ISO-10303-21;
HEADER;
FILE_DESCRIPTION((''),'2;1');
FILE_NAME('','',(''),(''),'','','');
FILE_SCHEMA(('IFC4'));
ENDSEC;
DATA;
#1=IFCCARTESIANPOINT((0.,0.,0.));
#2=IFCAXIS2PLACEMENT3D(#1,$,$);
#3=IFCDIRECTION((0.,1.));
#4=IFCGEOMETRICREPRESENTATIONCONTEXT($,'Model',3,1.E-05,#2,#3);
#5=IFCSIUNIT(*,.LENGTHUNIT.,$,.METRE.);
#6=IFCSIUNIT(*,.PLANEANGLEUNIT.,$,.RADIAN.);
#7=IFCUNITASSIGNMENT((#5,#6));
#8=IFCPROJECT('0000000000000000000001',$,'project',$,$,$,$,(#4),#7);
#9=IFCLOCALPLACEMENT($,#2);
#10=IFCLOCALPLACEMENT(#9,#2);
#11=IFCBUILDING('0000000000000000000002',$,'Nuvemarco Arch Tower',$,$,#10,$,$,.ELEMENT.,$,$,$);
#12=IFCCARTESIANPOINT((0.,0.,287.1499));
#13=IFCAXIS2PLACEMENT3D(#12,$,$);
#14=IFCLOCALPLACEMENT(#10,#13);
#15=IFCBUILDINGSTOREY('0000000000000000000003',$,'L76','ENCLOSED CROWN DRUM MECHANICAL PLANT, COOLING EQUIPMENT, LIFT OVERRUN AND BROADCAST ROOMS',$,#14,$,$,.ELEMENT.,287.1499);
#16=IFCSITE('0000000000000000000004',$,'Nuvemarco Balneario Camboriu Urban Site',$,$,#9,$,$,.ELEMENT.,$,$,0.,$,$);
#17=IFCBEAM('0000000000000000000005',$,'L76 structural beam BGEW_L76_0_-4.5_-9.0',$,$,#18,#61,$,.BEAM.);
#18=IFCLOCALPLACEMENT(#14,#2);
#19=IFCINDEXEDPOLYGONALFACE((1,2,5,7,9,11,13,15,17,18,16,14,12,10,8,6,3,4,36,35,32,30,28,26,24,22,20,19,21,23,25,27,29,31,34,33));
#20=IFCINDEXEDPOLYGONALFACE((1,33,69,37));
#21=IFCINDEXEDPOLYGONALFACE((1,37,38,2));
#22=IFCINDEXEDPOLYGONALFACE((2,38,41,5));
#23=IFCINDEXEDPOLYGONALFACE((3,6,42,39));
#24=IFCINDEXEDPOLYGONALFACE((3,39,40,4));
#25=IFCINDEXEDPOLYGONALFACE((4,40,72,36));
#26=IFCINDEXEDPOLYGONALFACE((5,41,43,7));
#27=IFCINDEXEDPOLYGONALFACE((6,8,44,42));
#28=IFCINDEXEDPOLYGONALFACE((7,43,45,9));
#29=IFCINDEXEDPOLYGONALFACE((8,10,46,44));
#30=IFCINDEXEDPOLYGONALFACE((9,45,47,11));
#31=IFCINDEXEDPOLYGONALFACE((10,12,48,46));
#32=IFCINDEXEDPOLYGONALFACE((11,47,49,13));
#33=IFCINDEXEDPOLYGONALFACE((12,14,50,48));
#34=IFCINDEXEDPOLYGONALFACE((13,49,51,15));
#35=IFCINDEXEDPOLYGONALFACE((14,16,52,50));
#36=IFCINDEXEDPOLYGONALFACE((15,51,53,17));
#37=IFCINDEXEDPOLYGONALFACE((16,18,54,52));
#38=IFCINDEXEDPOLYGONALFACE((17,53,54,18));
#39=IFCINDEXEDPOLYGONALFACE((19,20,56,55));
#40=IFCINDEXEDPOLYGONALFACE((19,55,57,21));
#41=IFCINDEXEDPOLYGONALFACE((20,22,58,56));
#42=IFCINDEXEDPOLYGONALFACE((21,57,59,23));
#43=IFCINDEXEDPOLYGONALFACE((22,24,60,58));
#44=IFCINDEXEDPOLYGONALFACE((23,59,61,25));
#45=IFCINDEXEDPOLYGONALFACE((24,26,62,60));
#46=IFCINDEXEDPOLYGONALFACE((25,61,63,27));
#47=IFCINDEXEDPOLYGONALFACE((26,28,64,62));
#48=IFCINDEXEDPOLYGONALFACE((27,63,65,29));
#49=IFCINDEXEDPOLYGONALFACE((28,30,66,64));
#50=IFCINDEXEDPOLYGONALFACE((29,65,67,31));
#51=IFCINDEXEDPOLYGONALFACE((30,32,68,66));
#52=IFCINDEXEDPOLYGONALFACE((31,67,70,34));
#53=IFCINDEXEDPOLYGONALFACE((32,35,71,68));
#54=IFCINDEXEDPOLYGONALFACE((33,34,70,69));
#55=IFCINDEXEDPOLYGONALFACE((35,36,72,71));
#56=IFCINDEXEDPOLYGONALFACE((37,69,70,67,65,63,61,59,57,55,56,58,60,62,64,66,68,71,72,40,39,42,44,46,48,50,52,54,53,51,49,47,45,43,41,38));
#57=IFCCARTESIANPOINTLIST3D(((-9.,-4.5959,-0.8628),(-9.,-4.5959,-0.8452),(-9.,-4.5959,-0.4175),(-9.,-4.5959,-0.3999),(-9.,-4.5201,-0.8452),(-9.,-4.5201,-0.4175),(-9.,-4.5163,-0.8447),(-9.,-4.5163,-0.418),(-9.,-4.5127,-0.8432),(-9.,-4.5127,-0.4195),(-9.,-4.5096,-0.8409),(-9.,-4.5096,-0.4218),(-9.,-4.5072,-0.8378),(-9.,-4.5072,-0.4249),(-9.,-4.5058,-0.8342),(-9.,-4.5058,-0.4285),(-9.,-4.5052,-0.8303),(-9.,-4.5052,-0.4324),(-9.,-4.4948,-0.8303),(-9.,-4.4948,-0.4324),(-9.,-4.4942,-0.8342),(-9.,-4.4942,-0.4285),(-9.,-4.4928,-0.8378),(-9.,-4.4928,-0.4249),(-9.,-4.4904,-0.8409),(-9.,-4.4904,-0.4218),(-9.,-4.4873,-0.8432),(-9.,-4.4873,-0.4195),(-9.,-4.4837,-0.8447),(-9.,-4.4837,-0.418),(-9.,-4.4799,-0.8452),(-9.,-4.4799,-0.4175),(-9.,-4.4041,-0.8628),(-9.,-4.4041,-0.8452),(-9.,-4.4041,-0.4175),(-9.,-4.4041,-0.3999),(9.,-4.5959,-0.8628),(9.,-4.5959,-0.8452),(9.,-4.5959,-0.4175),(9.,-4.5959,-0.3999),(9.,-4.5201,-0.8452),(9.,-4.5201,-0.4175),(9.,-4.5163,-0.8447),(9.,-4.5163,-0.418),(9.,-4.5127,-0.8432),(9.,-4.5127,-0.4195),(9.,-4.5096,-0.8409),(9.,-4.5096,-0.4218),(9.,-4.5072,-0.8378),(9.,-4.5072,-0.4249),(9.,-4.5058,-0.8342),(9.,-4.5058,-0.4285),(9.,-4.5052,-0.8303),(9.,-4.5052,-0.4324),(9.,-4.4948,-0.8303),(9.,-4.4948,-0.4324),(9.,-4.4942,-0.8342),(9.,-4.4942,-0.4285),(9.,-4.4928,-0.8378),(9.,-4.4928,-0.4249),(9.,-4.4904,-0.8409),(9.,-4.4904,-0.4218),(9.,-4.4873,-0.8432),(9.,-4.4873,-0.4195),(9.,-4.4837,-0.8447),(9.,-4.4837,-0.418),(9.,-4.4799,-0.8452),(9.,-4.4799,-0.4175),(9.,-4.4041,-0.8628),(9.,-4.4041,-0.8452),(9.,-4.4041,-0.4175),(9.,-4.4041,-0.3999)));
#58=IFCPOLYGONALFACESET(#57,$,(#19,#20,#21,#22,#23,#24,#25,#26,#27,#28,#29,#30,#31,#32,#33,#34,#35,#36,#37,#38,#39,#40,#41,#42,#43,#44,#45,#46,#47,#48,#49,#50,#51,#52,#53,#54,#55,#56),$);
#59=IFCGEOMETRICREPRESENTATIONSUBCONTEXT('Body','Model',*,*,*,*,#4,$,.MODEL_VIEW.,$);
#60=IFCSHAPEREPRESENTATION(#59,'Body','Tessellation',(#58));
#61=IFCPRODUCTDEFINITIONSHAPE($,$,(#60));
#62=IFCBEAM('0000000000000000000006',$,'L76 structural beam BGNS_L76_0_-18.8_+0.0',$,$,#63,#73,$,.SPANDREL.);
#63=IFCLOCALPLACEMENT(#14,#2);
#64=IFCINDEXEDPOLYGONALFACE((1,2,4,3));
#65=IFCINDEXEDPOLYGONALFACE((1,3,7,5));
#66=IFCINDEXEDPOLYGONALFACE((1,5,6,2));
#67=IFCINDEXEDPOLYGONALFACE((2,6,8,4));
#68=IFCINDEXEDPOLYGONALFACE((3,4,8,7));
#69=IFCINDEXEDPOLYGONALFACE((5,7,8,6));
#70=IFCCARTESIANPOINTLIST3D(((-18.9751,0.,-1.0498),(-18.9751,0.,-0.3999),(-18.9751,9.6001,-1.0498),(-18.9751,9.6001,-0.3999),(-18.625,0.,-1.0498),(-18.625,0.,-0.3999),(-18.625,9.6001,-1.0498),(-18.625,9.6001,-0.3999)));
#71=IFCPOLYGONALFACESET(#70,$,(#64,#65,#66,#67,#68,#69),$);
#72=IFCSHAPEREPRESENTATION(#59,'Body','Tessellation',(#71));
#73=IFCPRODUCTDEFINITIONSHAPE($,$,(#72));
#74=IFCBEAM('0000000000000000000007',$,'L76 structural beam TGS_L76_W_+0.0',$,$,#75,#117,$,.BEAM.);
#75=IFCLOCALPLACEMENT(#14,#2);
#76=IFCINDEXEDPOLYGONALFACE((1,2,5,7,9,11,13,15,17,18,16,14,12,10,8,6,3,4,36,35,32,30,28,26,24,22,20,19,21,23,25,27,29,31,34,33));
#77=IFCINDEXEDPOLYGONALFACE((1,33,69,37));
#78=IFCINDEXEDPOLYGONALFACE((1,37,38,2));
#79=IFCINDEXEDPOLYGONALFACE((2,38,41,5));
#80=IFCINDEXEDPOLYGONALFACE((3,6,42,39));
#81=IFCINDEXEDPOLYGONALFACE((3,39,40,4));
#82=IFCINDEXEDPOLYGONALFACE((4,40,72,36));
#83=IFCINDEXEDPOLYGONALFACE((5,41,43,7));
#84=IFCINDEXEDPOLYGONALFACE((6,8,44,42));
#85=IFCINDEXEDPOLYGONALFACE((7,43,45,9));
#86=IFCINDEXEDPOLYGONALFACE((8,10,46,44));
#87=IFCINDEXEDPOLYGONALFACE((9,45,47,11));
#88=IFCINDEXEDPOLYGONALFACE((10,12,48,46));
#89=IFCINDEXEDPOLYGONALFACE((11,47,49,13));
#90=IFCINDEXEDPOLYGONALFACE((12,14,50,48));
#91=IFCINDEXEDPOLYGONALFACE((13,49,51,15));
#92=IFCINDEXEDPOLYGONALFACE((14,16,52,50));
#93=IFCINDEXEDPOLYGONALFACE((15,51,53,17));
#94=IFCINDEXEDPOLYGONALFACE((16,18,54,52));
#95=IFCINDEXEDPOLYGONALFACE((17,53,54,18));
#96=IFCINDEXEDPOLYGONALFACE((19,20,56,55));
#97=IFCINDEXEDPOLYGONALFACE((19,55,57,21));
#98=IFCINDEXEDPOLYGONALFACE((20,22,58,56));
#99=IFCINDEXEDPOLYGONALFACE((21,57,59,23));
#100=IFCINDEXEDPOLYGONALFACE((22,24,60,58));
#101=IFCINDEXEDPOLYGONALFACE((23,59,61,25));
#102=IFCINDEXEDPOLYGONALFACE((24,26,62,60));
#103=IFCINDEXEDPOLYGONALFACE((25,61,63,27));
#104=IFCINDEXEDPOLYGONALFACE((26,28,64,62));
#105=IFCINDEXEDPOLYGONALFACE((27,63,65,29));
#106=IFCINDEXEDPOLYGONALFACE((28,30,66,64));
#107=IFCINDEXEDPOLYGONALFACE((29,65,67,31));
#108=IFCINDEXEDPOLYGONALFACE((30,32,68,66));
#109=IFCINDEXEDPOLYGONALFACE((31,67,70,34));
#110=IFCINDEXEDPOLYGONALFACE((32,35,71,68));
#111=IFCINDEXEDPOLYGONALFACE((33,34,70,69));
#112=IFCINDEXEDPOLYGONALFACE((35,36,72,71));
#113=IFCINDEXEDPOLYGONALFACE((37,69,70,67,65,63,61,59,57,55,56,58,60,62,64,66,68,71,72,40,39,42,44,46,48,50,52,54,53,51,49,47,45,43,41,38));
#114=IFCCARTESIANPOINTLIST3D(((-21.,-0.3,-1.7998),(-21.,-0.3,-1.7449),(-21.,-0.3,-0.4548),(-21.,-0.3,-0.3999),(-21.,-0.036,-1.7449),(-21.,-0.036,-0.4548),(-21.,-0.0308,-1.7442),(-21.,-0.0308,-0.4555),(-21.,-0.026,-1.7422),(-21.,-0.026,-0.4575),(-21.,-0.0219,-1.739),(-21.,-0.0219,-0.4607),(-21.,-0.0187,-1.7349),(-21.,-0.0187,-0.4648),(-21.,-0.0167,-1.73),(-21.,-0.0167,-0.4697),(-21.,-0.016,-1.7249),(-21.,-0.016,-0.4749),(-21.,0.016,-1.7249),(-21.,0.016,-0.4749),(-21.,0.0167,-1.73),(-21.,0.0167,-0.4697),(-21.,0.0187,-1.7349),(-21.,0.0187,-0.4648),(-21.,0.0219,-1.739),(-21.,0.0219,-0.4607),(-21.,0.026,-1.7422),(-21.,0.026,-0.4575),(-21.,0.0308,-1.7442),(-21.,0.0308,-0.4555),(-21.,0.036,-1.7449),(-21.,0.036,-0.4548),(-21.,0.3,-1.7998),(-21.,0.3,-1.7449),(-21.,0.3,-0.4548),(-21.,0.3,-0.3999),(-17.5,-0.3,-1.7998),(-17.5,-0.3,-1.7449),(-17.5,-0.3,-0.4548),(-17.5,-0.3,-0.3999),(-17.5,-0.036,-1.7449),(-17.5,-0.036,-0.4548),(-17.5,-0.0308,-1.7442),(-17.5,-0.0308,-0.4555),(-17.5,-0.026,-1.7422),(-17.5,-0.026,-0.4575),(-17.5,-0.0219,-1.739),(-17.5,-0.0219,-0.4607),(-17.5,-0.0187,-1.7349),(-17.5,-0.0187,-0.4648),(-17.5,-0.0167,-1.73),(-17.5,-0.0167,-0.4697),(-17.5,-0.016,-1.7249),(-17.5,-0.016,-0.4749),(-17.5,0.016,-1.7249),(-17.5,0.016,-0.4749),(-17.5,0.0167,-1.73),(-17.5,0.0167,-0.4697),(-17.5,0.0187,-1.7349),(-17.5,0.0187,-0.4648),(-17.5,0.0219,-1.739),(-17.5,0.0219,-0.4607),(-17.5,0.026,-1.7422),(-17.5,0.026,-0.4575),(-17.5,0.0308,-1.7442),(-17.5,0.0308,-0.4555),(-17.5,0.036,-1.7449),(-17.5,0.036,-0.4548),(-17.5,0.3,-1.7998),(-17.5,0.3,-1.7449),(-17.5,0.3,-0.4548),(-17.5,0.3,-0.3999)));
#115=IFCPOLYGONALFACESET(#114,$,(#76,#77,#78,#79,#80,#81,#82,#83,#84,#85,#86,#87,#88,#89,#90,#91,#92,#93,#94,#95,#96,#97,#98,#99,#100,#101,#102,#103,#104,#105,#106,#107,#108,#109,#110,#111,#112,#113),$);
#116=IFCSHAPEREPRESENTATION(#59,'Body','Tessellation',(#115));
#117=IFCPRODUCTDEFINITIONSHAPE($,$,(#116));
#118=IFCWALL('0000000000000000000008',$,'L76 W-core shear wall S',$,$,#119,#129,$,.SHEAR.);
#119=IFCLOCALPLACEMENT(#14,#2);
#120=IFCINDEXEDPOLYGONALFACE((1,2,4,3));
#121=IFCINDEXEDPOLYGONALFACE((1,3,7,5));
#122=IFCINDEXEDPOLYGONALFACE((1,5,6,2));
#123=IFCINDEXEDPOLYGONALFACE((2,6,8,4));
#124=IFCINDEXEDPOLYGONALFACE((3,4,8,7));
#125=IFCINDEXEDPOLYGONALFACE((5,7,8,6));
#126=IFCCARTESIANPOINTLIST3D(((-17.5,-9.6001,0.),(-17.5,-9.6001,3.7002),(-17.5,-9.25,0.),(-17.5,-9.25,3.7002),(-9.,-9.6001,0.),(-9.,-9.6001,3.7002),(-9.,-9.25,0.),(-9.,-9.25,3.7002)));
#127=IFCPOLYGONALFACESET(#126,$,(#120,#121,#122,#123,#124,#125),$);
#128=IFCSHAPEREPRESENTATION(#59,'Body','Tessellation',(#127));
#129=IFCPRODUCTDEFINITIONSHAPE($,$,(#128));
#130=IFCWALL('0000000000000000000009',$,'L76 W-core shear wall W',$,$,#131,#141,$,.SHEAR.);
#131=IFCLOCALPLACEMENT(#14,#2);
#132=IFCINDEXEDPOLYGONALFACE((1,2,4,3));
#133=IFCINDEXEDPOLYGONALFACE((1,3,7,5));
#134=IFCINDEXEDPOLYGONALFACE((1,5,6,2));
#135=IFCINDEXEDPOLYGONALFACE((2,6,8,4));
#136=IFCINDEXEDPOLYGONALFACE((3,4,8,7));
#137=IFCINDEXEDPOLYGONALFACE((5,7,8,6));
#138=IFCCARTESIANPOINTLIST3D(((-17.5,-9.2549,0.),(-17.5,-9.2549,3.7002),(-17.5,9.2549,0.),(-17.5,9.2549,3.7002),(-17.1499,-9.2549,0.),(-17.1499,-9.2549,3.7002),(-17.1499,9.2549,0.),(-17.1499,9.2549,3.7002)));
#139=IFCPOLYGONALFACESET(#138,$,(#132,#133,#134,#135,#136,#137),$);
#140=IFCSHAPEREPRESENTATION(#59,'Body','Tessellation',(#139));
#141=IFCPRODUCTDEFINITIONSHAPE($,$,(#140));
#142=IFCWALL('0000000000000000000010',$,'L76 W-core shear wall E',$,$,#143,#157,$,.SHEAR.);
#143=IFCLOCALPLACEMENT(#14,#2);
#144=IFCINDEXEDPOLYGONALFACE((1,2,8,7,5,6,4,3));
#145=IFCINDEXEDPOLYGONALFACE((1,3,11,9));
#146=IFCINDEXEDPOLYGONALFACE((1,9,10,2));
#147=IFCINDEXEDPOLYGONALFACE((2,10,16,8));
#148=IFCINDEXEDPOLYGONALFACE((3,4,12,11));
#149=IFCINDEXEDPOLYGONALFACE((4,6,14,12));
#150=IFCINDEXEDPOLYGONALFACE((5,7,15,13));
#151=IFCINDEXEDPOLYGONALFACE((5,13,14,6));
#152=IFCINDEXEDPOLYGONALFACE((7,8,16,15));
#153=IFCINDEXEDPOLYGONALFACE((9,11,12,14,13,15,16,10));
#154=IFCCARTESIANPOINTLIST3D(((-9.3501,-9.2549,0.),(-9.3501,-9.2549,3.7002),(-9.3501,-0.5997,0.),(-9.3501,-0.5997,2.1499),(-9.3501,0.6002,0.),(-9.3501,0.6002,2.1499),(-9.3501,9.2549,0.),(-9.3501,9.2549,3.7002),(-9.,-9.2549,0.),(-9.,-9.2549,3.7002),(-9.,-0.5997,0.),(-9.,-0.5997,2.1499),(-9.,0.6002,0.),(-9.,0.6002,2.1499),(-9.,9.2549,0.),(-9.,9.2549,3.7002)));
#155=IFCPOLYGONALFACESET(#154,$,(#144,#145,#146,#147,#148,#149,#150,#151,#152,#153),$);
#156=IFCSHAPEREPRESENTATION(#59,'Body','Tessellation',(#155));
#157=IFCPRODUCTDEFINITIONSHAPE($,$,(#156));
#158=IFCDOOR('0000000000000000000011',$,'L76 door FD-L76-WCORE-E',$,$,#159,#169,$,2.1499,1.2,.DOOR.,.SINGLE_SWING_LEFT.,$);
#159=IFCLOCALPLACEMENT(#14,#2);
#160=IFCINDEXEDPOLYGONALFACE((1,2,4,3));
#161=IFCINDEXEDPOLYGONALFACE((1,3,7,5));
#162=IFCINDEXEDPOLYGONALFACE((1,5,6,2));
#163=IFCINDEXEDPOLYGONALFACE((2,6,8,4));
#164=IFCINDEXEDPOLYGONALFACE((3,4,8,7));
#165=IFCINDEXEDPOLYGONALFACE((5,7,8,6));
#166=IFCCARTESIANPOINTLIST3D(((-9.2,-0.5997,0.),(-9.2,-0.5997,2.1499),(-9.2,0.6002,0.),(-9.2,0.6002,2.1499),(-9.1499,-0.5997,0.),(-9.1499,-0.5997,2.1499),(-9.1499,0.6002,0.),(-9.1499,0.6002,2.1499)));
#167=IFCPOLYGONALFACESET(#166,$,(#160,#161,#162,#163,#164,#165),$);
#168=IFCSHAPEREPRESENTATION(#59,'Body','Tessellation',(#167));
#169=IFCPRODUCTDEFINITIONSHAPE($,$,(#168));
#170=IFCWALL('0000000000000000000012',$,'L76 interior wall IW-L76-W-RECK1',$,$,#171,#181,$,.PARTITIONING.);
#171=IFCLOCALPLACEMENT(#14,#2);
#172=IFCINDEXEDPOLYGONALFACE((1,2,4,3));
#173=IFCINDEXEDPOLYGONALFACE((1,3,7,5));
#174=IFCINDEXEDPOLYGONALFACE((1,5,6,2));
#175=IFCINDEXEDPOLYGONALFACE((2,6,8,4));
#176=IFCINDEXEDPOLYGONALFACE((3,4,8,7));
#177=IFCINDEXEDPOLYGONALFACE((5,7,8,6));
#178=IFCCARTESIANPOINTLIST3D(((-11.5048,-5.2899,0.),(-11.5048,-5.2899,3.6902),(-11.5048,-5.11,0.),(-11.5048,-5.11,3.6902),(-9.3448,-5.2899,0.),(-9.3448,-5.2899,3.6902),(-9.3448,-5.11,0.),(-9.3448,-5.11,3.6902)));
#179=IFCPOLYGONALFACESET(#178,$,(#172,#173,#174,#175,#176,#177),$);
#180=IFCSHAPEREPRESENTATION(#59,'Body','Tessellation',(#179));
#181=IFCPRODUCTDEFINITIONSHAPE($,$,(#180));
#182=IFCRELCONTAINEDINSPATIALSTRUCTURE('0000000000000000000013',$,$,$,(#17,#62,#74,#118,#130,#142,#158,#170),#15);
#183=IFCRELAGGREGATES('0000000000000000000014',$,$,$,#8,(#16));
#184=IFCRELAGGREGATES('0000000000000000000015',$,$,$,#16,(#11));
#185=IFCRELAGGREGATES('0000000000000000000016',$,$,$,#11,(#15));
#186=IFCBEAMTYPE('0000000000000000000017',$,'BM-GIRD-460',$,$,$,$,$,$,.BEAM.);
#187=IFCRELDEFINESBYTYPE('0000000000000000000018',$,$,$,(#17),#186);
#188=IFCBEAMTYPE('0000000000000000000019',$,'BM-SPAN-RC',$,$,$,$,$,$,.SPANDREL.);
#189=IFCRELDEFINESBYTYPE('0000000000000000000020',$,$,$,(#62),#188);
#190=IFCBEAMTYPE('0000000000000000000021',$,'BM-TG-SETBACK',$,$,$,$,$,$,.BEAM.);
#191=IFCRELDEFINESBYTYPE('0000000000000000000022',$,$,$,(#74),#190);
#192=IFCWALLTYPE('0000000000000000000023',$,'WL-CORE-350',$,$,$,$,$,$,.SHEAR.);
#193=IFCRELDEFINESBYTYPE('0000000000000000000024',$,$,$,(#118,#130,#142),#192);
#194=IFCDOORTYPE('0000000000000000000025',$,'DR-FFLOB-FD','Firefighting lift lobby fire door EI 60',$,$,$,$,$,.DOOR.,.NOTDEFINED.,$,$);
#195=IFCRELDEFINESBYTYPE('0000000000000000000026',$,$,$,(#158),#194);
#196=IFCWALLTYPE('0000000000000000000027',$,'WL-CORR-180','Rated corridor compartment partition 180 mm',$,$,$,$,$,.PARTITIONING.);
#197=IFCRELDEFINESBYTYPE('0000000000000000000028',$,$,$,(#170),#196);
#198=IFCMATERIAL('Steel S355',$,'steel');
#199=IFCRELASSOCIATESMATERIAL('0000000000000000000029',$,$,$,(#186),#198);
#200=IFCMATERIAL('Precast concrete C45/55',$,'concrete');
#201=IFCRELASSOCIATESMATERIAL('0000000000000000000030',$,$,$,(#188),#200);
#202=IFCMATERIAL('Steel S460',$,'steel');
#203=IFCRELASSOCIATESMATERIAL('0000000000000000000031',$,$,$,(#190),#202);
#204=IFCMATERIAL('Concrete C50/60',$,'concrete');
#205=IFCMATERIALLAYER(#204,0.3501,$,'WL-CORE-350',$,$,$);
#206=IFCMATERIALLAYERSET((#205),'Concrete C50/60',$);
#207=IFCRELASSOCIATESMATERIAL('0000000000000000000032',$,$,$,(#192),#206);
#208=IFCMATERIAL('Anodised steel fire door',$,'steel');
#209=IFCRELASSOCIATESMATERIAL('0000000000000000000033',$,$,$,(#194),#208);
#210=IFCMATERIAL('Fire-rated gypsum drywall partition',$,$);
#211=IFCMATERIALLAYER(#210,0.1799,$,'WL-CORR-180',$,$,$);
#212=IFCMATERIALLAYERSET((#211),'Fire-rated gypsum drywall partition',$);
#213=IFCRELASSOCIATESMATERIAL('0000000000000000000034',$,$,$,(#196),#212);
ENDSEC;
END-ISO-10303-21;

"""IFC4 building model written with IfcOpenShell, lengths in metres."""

from ifc_helpers import new_model, si_unit, direction, frame, frame_2d, origin, origin_2d, place, context, subcontext, project, spatial, rectangle, i_section, extrude, source, transform, mapped, material, layer, layer_set, material_profile, profile_set, type_object, type_shapes, element, fill, save


model = new_model("IFC4")

# Units and contexts
model_context = context("Model", 3, precision=1e-05, world=origin(), true_north=direction((0.0, 1.0)))
body_context = subcontext(model_context, "Body", "Model", "MODEL_VIEW")
ifc_project = project(units=[si_unit("LENGTHUNIT", "METRE"), si_unit("PLANEANGLEUNIT", "RADIAN")], contexts=[model_context])

# Site, building, storey
site_placement = place(None, origin())
site = spatial("IfcSite", under=ifc_project, at=site_placement, Name="Nuvemarco Balneario Camboriu Urban Site", CompositionType="ELEMENT", RefElevation=0.0)
building_placement = place(site_placement, origin())
building = spatial("IfcBuilding", under=site, at=building_placement, Name="Nuvemarco Arch Tower", CompositionType="ELEMENT")
storey_placement = place(building_placement, frame((0.0, 0.0, 287.1499)))
storey = spatial("IfcBuildingStorey", under=building, at=storey_placement, Name="L76", Description="ENCLOSED CROWN DRUM MECHANICAL PLANT, COOLING EQUIPMENT, LIFT OVERRUN AND BROADCAST ROOMS", CompositionType="ELEMENT", Elevation=287.1499)

# Shared definitions
ifc_material_1 = material(Name="Concrete C50/60", Category="concrete")
ifc_material_2 = material(Name="Steel S355", Category="steel")

# Beams
ifc_material_profile_1 = material_profile(ifc_material_2, i_section(OverallWidth=0.1919, OverallDepth=0.4629, WebThickness=0.0105, FlangeThickness=0.0176, FilletRadius=0.0149, at=origin_2d()), Name="W460x89")
ifc_profile_set_1 = profile_set([ifc_material_profile_1], Name="Steel S355")
beam_type_1 = type_object("IfcBeamType", Name="BM-GIRD-460", PredefinedType="BEAM", material=ifc_profile_set_1)
beam_1_placement = place(storey_placement, frame((-9.0, -4.5, -0.6313), z_axis=(1.0, 0.0, 0.0), x_axis=(0.0, 1.0, 0.0)))
element("IfcBeam", 1, at=beam_1_placement, inside=storey, type_object=beam_type_1, Name="L76 structural beam BGEW_L76_0_-4.5_-9.0", PredefinedType="BEAM", context=body_context, shape_type="SweptSolid", body=[
    extrude(i_section(OverallWidth=0.1919, OverallDepth=0.4629, WebThickness=0.0105, FlangeThickness=0.0176, FilletRadius=0.0149, at=origin_2d()), origin(), (0.0, 0.0, 1.0), 18.0),
])
ifc_material_3 = material(Name="Precast concrete C45/55", Category="concrete")
ifc_material_profile_2 = material_profile(ifc_material_3, rectangle(XDim=0.3501, YDim=0.6499, at=origin_2d()), Name="PC-SP-350x650")
ifc_profile_set_2 = profile_set([ifc_material_profile_2], Name="Precast concrete C45/55")
beam_type_2 = type_object("IfcBeamType", Name="BM-SPAN-RC", PredefinedType="SPANDREL", material=ifc_profile_set_2)
beam_2_placement = place(storey_placement, frame((-18.8, 0.0, -0.7249), z_axis=(0.0, 1.0, 0.0), x_axis=(-1.0, 0.0, 0.0)))
element("IfcBeam", 2, at=beam_2_placement, inside=storey, type_object=beam_type_2, Name="L76 structural beam BGNS_L76_0_-18.8_+0.0", PredefinedType="SPANDREL", context=body_context, shape_type="SweptSolid", body=[
    extrude(rectangle(XDim=0.3501, YDim=0.6499, at=origin_2d()), origin(), (0.0, 0.0, 1.0), 9.6001),
])
ifc_material_4 = material(Name="Steel S460", Category="steel")
ifc_material_profile_3 = material_profile(ifc_material_4, i_section(OverallWidth=0.6001, OverallDepth=1.3999, WebThickness=0.032, FlangeThickness=0.0549, FilletRadius=0.02, at=origin_2d()), Name="PG1400x600")
ifc_profile_set_3 = profile_set([ifc_material_profile_3], Name="Steel S460")
beam_type_3 = type_object("IfcBeamType", Name="BM-TG-SETBACK", PredefinedType="BEAM", material=ifc_profile_set_3)
beam_3_placement = place(storey_placement, frame((-21.0, 0.0, -1.0999), z_axis=(1.0, 0.0, 0.0), x_axis=(0.0, 1.0, 0.0)))
element("IfcBeam", 3, at=beam_3_placement, inside=storey, type_object=beam_type_3, Name="L76 structural beam TGS_L76_W_+0.0", PredefinedType="BEAM", context=body_context, shape_type="SweptSolid", body=[
    extrude(i_section(OverallWidth=0.6001, OverallDepth=1.3999, WebThickness=0.032, FlangeThickness=0.0549, FilletRadius=0.02, at=origin_2d()), origin(), (0.0, 0.0, 1.0), 3.5),
])

# Walls
ifc_layer_1 = layer(ifc_material_1, 0.3501, Name="WL-CORE-350")
ifc_layer_set_1 = layer_set([ifc_layer_1], Name="Concrete C50/60")
wall_type_1 = type_object("IfcWallType", Name="WL-CORE-350", PredefinedType="SHEAR", material=ifc_layer_set_1)
wall_1_placement = place(storey_placement, frame((-17.5, -9.425, 0.0), z_axis=(0.0, 0.0, 1.0), x_axis=(1.0, 0.0, 0.0)))
element("IfcWall", 4, at=wall_1_placement, inside=storey, type_object=wall_type_1, Name="L76 W-core shear wall S", PredefinedType="SHEAR", context=body_context, shape_type="SweptSolid", body=[
    extrude(rectangle(XDim=8.5, YDim=0.3501, at=frame_2d((4.25, 0.0))), origin(), (0.0, 0.0, 1.0), 3.7002),
])
wall_2_placement = place(storey_placement, frame((-17.325, -9.2549, 0.0), z_axis=(0.0, 0.0, 1.0), x_axis=(0.0, 1.0, 0.0)))
element("IfcWall", 5, at=wall_2_placement, inside=storey, type_object=wall_type_1, Name="L76 W-core shear wall W", PredefinedType="SHEAR", context=body_context, shape_type="SweptSolid", body=[
    extrude(rectangle(XDim=18.5098, YDim=0.3501, at=frame_2d((9.2549, 0.0))), origin(), (0.0, 0.0, 1.0), 3.7002),
])

# Wall, opening, door
wall_3_placement = place(storey_placement, frame((-9.175, -9.2549, 0.0), z_axis=(0.0, 0.0, 1.0), x_axis=(0.0, 1.0, 0.0)))
wall_3 = element("IfcWall", 6, at=wall_3_placement, inside=storey, type_object=wall_type_1, Name="L76 W-core shear wall E", PredefinedType="SHEAR", context=body_context, shape_type="SweptSolid", body=[
    extrude(rectangle(XDim=18.5098, YDim=0.3501, at=frame_2d((9.2549, 0.0))), origin(), (0.0, 0.0, 1.0), 3.7002),
])
opening_1_placement = place(wall_3_placement, frame((8.655, 0.0, 0.0)))
opening_1 = element("IfcOpeningElement", 7, at=opening_1_placement, cuts=wall_3, PredefinedType="OPENING", context=body_context, shape_type="SweptSolid", body=[
    extrude(rectangle(XDim=1.2, YDim=2.1499, at=frame_2d((0.6001, 1.075))), frame((0.0, 0.1851, 0.0), z_axis=(0.0, -1.0, 0.0), x_axis=(1.0, 0.0, 0.0)), (0.0, 0.0, 1.0), 0.3701),
])
ifc_material_5 = material(Name="Anodised steel fire door", Category="steel")
door_type_1 = type_object("IfcDoorType", Name="DR-FFLOB-FD", Description="Firefighting lift lobby fire door EI 60", OperationType="NOTDEFINED", PredefinedType="DOOR", material=ifc_material_5)
shared_shape_1 = source(origin(), body_context, "Body", "SweptSolid", [
    extrude(rectangle(XDim=1.2, YDim=2.1499, at=frame_2d((0.6001, 1.075))), frame((0.0, 0.0249, 0.0), z_axis=(0.0, -1.0, 0.0), x_axis=(1.0, 0.0, 0.0)), (0.0, 0.0, 1.0), 0.05),
])
type_shapes(door_type_1, [shared_shape_1])
door_1_placement = place(opening_1_placement, origin())
door_1 = element("IfcDoor", 8, at=door_1_placement, inside=storey, type_object=door_type_1, Name="L76 door FD-L76-WCORE-E", OperationType="SINGLE_SWING_LEFT", OverallHeight=2.1499, OverallWidth=1.2, PredefinedType="DOOR", context=body_context, shape_type="MappedRepresentation", body=[
    mapped(shared_shape_1, transform((0.0, 0.0, 0.0), scale=1.0)),
])
fill(opening_1, door_1)

# Wall
ifc_material_6 = material(Name="Fire-rated gypsum drywall partition")
ifc_layer_2 = layer(ifc_material_6, 0.1799, Name="WL-CORR-180")
ifc_layer_set_2 = layer_set([ifc_layer_2], Name="Fire-rated gypsum drywall partition")
wall_type_2 = type_object("IfcWallType", Name="WL-CORR-180", Description="Rated corridor compartment partition 180 mm", PredefinedType="PARTITIONING", material=ifc_layer_set_2)
wall_4_placement = place(storey_placement, frame((-11.5049, -5.2, 0.0), z_axis=(0.0, 0.0, 1.0), x_axis=(1.0, 0.0, 0.0)))
element("IfcWall", 9, at=wall_4_placement, inside=storey, type_object=wall_type_2, Name="L76 interior wall IW-L76-W-RECK1", PredefinedType="PARTITIONING", context=body_context, shape_type="SweptSolid", body=[
    extrude(rectangle(XDim=2.1599, YDim=0.1799, at=frame_2d((1.0801, 0.0))), origin(), (0.0, 0.0, 1.0), 3.6902),
])

save(model, "model.ifc")
